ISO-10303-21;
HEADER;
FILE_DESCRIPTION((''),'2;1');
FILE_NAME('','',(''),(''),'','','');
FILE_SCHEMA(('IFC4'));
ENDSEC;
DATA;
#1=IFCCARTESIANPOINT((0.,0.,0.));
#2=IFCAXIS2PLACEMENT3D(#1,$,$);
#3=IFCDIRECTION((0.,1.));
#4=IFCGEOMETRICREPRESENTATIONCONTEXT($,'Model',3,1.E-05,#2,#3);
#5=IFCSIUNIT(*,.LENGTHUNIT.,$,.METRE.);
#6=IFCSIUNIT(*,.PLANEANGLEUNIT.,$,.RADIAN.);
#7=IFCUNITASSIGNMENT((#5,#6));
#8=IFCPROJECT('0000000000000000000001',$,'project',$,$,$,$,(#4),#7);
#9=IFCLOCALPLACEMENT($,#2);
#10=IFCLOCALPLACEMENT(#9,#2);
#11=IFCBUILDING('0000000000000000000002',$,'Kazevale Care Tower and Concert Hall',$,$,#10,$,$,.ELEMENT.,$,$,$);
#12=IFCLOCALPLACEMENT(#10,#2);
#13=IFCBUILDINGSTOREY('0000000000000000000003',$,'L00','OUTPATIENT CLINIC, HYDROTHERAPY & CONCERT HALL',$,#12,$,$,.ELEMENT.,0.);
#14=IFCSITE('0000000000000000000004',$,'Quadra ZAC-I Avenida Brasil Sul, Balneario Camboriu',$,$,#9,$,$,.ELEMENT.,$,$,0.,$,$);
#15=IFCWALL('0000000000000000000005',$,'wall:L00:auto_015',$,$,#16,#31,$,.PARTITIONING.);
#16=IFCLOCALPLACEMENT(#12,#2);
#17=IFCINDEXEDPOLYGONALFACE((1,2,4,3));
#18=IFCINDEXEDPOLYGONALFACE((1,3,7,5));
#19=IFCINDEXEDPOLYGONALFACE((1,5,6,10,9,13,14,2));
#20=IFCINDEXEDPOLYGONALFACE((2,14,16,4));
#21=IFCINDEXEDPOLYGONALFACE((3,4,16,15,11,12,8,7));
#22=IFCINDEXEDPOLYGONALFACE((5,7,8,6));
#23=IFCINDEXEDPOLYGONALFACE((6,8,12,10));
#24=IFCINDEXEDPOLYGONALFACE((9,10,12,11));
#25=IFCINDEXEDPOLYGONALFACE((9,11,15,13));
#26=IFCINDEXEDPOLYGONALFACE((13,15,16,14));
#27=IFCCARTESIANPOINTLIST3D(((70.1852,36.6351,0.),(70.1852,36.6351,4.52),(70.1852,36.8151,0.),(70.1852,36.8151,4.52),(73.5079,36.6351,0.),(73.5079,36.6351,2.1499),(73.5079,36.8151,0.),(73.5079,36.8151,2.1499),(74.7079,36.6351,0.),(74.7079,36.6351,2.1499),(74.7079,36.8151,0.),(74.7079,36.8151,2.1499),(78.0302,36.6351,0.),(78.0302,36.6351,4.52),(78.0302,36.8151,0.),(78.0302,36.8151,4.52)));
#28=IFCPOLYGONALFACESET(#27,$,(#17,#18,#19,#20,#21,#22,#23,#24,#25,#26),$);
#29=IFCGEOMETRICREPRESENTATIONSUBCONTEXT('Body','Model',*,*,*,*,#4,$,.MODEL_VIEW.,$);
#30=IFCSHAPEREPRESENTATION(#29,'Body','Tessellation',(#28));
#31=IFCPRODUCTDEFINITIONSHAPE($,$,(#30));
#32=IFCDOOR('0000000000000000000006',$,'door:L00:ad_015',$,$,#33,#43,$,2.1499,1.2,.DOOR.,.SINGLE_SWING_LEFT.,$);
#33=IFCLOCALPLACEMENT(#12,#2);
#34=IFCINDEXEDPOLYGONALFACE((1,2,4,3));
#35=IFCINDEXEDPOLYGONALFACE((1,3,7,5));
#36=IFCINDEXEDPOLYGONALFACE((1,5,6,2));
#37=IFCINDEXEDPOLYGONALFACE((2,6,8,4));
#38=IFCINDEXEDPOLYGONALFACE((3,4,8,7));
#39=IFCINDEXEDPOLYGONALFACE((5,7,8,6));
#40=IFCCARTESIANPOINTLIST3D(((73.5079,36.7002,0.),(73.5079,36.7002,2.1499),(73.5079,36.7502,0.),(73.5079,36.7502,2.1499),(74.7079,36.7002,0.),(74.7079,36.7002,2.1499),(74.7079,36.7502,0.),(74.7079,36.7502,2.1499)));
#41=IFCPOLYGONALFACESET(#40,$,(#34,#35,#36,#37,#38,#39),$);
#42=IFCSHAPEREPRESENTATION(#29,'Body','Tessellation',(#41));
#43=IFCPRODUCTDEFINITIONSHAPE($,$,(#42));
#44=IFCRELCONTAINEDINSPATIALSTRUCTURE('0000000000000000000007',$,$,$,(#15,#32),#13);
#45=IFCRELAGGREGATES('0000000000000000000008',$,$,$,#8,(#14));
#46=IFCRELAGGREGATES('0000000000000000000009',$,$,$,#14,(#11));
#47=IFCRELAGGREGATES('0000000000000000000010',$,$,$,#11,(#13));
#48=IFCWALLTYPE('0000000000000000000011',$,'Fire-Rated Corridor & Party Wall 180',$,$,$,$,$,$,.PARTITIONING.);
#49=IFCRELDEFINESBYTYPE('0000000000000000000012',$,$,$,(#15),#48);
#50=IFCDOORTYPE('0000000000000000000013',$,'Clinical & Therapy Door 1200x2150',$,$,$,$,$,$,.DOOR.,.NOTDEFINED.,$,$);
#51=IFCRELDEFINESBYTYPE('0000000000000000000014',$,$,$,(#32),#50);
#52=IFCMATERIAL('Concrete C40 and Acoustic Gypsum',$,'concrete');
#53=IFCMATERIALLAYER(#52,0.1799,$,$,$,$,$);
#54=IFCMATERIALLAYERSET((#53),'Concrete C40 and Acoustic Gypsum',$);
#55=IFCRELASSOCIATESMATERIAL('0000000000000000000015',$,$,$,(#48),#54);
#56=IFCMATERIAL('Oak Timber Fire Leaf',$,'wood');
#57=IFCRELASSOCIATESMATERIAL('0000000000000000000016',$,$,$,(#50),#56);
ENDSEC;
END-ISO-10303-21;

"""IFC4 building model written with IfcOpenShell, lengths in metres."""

from ifc_helpers import new_model, si_unit, direction, frame, frame_2d, origin, place, context, subcontext, project, spatial, rectangle, extrude, material, layer, layer_set, type_object, element, fill, save


model = new_model("IFC4")

# Units and contexts
model_context = context("Model", 3, precision=1e-05, world=origin(), true_north=direction((0.0, 1.0)))
body_context = subcontext(model_context, "Body", "Model", "MODEL_VIEW")
ifc_project = project(units=[si_unit("LENGTHUNIT", "METRE"), si_unit("PLANEANGLEUNIT", "RADIAN")], contexts=[model_context])

# Site, building, storey
site_placement = place(None, origin())
site = spatial("IfcSite", under=ifc_project, at=site_placement, Name="Quadra ZAC-I Avenida Brasil Sul, Balneario Camboriu", CompositionType="ELEMENT", RefElevation=0.0)
building_placement = place(site_placement, origin())
building = spatial("IfcBuilding", under=site, at=building_placement, Name="Kazevale Care Tower and Concert Hall", CompositionType="ELEMENT")
storey_placement = place(building_placement, origin())
storey = spatial("IfcBuildingStorey", under=building, at=storey_placement, Name="L00", Description="OUTPATIENT CLINIC, HYDROTHERAPY & CONCERT HALL", CompositionType="ELEMENT", Elevation=0.0)

# Wall, opening, door
ifc_material_1 = material(Name="Concrete C40 and Acoustic Gypsum", Category="concrete")
ifc_layer_1 = layer(ifc_material_1, 0.1799)
ifc_layer_set_1 = layer_set([ifc_layer_1], Name="Concrete C40 and Acoustic Gypsum")
wall_type_1 = type_object("IfcWallType", Name="Fire-Rated Corridor & Party Wall 180", PredefinedType="PARTITIONING", material=ifc_layer_set_1)
ifc_material_2 = material(Name="Oak Timber Fire Leaf", Category="wood")
door_type = type_object("IfcDoorType", Name="Clinical & Therapy Door 1200x2150", OperationType="NOTDEFINED", PredefinedType="DOOR", material=ifc_material_2)
wall_1_placement = place(storey_placement, frame((78.03, 36.7251, 0.0), z_axis=(0.0, 0.0, 1.0), x_axis=(-1.0, 0.0, 0.0)))
wall_1 = element("IfcWall", 1, at=wall_1_placement, inside=storey, type_object=wall_type_1, Name="wall:L00:auto_015", PredefinedType="PARTITIONING", context=body_context, shape_type="SweptSolid", body=[
    extrude(rectangle(XDim=7.845, YDim=0.1799, at=frame_2d((3.9224, 0.0))), origin(), (0.0, 0.0, 1.0), 4.52),
])
opening_1_placement = place(wall_1_placement, frame((3.322, 0.0, 0.0)))
opening_1 = element("IfcOpeningElement", 2, at=opening_1_placement, cuts=wall_1, PredefinedType="OPENING", context=body_context, shape_type="SweptSolid", body=[
    extrude(rectangle(XDim=1.2, YDim=2.1499, at=frame_2d((0.6001, 1.075))), frame((0.0, 0.0999, 0.0), z_axis=(0.0, -1.0, 0.0), x_axis=(1.0, 0.0, 0.0)), (0.0, 0.0, 1.0), 0.2),
])
door_1_placement = place(opening_1_placement, origin())
door_1 = element("IfcDoor", 3, at=door_1_placement, inside=storey, type_object=door_type, Name="door:L00:ad_015", OperationType="SINGLE_SWING_LEFT", OverallHeight=2.1499, OverallWidth=1.2, PredefinedType="DOOR", context=body_context, shape_type="SweptSolid", body=[
    extrude(rectangle(XDim=1.2, YDim=2.1499, at=frame_2d((0.6001, 1.075))), frame((0.0, 0.0249, 0.0), z_axis=(0.0, -1.0, 0.0), x_axis=(1.0, 0.0, 0.0)), (0.0, 0.0, 1.0), 0.05),
])
fill(opening_1, door_1)

save(model, "model.ifc")
